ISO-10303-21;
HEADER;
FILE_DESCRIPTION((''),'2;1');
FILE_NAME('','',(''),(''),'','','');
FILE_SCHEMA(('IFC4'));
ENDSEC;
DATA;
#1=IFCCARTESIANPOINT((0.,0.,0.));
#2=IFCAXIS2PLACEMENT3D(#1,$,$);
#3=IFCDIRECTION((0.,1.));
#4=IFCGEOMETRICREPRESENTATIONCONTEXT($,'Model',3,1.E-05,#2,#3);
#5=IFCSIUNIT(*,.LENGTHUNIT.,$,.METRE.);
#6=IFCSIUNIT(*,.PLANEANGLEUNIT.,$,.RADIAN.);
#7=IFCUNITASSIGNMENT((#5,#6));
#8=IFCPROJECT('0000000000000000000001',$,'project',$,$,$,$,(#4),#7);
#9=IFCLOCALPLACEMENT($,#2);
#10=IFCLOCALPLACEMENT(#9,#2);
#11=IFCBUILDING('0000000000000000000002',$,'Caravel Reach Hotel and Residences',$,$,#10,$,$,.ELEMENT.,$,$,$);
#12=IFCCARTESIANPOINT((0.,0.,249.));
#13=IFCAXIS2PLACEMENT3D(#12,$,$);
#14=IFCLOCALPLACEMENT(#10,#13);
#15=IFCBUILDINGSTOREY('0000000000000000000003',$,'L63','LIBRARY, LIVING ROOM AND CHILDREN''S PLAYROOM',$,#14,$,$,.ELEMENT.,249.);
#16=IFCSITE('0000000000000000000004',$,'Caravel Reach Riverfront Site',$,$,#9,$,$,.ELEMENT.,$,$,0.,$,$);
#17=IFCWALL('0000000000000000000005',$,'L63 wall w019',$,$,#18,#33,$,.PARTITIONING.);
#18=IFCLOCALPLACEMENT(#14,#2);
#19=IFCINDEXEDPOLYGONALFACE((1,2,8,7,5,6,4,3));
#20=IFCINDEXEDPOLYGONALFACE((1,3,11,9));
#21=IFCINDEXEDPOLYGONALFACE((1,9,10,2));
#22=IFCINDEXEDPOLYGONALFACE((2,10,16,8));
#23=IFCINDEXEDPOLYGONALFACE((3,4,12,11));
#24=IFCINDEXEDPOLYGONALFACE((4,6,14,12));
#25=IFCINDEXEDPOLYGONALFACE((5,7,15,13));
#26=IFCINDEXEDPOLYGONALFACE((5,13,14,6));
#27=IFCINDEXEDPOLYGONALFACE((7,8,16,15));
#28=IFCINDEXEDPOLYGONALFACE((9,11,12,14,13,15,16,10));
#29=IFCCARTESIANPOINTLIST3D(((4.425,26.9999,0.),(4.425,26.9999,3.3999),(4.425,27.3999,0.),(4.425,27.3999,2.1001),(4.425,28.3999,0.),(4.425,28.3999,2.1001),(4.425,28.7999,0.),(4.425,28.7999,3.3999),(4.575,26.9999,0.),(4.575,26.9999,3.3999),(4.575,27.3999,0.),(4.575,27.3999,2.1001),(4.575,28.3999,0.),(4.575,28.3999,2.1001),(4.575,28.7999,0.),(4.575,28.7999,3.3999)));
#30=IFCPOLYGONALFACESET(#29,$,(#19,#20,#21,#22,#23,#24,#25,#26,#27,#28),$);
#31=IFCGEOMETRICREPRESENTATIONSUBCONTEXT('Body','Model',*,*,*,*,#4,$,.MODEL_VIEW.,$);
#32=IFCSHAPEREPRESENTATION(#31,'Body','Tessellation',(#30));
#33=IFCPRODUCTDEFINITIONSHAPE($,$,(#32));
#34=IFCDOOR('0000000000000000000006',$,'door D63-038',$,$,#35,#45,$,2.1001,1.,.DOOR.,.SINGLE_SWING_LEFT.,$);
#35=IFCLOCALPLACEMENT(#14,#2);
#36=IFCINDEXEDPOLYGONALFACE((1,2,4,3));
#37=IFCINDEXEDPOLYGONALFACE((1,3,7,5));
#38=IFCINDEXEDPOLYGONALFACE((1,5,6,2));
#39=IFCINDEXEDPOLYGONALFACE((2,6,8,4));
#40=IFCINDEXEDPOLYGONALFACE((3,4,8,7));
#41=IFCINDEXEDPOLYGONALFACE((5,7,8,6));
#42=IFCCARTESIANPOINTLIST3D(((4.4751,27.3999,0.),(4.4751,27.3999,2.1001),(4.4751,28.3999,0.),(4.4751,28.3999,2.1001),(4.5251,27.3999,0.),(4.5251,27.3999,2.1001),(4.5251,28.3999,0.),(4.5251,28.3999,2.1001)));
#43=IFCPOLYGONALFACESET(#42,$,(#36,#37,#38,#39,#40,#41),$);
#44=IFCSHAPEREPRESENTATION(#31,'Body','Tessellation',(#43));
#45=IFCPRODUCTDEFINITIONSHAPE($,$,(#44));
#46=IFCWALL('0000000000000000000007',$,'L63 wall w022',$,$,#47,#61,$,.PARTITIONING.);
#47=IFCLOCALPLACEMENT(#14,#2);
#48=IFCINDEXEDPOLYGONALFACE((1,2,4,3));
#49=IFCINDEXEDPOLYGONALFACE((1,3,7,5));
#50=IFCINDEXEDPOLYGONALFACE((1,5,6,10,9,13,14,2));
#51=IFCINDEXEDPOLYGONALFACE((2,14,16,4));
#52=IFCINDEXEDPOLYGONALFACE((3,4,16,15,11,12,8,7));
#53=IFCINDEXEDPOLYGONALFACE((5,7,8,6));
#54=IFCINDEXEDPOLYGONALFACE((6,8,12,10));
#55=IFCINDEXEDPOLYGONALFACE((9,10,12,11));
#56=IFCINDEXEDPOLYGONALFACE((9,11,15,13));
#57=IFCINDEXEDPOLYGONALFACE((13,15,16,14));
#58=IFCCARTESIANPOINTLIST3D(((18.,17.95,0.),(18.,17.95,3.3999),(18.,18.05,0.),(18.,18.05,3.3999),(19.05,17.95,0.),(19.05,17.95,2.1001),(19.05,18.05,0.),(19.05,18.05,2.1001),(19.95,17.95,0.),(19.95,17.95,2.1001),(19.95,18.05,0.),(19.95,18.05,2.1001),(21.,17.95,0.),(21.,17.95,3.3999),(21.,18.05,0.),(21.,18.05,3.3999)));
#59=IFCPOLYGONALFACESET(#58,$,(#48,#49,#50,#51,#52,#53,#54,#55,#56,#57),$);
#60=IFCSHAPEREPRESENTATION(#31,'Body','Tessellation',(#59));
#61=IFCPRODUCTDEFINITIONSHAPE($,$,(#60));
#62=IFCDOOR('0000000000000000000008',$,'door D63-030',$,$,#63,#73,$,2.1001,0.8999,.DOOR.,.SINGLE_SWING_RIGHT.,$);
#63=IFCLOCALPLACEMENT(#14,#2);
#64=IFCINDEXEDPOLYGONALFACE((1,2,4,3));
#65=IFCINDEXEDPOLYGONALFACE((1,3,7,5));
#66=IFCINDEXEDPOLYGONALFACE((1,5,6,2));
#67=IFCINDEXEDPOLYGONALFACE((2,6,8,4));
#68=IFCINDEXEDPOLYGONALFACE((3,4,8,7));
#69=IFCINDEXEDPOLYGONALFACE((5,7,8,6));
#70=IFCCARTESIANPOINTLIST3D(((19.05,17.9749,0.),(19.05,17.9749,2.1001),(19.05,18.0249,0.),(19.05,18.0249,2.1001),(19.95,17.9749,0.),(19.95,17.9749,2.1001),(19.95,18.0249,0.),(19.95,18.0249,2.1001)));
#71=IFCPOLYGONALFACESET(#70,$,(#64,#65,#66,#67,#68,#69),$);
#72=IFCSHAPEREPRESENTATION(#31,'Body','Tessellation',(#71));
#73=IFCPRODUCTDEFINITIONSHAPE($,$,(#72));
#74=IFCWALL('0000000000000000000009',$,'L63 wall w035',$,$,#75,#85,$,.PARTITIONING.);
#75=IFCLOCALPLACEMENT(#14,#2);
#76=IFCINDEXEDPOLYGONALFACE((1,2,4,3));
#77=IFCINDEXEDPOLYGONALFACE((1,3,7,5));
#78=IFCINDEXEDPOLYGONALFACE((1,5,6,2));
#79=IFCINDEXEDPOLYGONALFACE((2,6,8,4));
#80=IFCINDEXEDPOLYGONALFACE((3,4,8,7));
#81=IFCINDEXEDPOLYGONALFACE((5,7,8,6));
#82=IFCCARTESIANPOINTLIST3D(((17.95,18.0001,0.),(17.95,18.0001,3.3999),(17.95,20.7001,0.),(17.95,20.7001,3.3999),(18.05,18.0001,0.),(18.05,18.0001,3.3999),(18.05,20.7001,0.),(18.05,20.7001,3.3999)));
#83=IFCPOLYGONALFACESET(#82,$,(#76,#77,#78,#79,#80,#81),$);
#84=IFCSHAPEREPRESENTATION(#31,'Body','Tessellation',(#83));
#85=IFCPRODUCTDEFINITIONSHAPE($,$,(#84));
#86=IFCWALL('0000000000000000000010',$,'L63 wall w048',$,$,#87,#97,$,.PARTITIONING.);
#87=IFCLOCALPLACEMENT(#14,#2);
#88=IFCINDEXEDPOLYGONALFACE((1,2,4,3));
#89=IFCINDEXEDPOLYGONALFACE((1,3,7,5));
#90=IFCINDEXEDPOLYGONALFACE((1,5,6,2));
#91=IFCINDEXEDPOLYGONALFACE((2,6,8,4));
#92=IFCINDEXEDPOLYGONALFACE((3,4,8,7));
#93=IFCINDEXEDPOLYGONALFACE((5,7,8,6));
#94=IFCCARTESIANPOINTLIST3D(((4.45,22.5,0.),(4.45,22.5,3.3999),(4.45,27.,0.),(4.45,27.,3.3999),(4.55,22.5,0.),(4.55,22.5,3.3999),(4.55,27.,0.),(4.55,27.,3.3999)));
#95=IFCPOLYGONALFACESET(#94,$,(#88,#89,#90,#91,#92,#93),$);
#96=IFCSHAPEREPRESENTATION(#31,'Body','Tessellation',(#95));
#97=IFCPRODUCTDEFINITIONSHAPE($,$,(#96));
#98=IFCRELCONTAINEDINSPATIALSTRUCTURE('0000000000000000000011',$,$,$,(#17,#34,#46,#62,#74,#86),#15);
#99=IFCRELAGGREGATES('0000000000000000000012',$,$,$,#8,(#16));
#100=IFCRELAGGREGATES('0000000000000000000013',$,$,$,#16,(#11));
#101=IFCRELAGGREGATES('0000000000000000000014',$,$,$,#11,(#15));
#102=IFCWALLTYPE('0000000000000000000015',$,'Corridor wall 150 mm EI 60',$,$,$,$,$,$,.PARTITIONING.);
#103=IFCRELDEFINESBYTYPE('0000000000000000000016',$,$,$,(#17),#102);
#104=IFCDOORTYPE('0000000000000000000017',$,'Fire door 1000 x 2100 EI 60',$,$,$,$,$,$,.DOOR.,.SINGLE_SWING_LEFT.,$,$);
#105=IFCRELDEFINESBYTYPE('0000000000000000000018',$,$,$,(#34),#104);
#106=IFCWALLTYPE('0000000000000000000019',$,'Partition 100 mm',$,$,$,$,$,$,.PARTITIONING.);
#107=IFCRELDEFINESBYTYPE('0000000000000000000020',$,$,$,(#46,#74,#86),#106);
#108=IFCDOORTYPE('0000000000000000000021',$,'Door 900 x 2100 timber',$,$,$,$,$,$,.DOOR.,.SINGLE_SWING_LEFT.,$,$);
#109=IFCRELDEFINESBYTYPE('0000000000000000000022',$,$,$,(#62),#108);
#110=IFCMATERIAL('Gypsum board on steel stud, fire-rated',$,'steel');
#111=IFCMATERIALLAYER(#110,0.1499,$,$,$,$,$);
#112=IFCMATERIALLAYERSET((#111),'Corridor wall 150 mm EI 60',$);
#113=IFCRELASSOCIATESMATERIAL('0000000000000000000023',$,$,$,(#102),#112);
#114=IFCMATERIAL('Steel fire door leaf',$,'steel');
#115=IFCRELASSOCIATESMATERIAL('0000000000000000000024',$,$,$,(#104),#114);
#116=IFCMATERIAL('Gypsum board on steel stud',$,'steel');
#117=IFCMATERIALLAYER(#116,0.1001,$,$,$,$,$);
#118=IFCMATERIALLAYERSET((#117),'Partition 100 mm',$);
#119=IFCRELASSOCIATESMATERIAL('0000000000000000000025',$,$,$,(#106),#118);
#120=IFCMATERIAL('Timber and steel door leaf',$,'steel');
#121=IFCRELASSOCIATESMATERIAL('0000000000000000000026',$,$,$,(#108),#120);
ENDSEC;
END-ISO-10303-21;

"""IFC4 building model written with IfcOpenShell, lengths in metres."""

from ifc_helpers import new_model, si_unit, direction, frame, frame_2d, origin, place, context, subcontext, project, spatial, rectangle, extrude, material, layer, layer_set, type_object, element, fill, save


model = new_model("IFC4")

# Units and contexts
model_context = context("Model", 3, precision=1e-05, world=origin(), true_north=direction((0.0, 1.0)))
body_context = subcontext(model_context, "Body", "Model", "MODEL_VIEW")
ifc_project = project(units=[si_unit("LENGTHUNIT", "METRE"), si_unit("PLANEANGLEUNIT", "RADIAN")], contexts=[model_context])

# Site, building, storey
site_placement = place(None, origin())
site = spatial("IfcSite", under=ifc_project, at=site_placement, Name="Caravel Reach Riverfront Site", CompositionType="ELEMENT", RefElevation=0.0)
building_placement = place(site_placement, origin())
building = spatial("IfcBuilding", under=site, at=building_placement, Name="Caravel Reach Hotel and Residences", CompositionType="ELEMENT")
storey_placement = place(building_placement, frame((0.0, 0.0, 249.0)))
storey = spatial("IfcBuildingStorey", under=building, at=storey_placement, Name="L63", Description="LIBRARY, LIVING ROOM AND CHILDREN'S PLAYROOM", CompositionType="ELEMENT", Elevation=249.0)

# Shared definitions
ifc_material_1 = material(Name="Gypsum board on steel stud, fire-rated", Category="steel")
ifc_layer_1 = layer(ifc_material_1, 0.1499)
ifc_layer_set_1 = layer_set([ifc_layer_1], Name="Corridor wall 150 mm EI 60")
wall_type_1 = type_object("IfcWallType", Name="Corridor wall 150 mm EI 60", PredefinedType="PARTITIONING", material=ifc_layer_set_1)
ifc_material_2 = material(Name="Steel fire door leaf", Category="steel")
door_type_1 = type_object("IfcDoorType", Name="Fire door 1000 x 2100 EI 60", OperationType="SINGLE_SWING_LEFT", PredefinedType="DOOR", material=ifc_material_2)

# Walls, openings, doors
wall_1_placement = place(storey_placement, frame((4.5, 27.0, 0.0), z_axis=(0.0, 0.0, 1.0), x_axis=(0.0, 1.0, 0.0)))
wall_1 = element("IfcWall", 1, at=wall_1_placement, inside=storey, type_object=wall_type_1, Name="L63 wall w019", PredefinedType="PARTITIONING", context=body_context, shape_type="SweptSolid", body=[
    extrude(rectangle(XDim=1.8, YDim=0.1499, at=frame_2d((0.8999, 0.0))), origin(), (0.0, 0.0, 1.0), 3.3999),
])
opening_1_placement = place(wall_1_placement, frame((0.3999, 0.0, 0.0)))
opening_1 = element("IfcOpeningElement", 2, at=opening_1_placement, cuts=wall_1, PredefinedType="OPENING", context=body_context, shape_type="SweptSolid", body=[
    extrude(rectangle(XDim=1.0, YDim=2.1001, at=frame_2d((0.5, 1.05))), frame((0.0, 0.085, 0.0), z_axis=(0.0, -1.0, 0.0), x_axis=(1.0, 0.0, 0.0)), (0.0, 0.0, 1.0), 0.1699),
])
door_1_placement = place(opening_1_placement, origin())
door_1 = element("IfcDoor", 3, at=door_1_placement, inside=storey, type_object=door_type_1, Name="door D63-038", OperationType="SINGLE_SWING_LEFT", OverallHeight=2.1001, OverallWidth=1.0, PredefinedType="DOOR", context=body_context, shape_type="SweptSolid", body=[
    extrude(rectangle(XDim=1.0, YDim=2.1001, at=frame_2d((0.5, 1.05))), frame((0.0, 0.0249, 0.0), z_axis=(0.0, -1.0, 0.0), x_axis=(1.0, 0.0, 0.0)), (0.0, 0.0, 1.0), 0.05),
])
fill(opening_1, door_1)
ifc_material_3 = material(Name="Gypsum board on steel stud", Category="steel")
ifc_layer_2 = layer(ifc_material_3, 0.1001)
ifc_layer_set_2 = layer_set([ifc_layer_2], Name="Partition 100 mm")
wall_type_2 = type_object("IfcWallType", Name="Partition 100 mm", PredefinedType="PARTITIONING", material=ifc_layer_set_2)
wall_2_placement = place(storey_placement, frame((18.0, 18.0, 0.0), z_axis=(0.0, 0.0, 1.0), x_axis=(1.0, 0.0, 0.0)))
wall_2 = element("IfcWall", 4, at=wall_2_placement, inside=storey, type_object=wall_type_2, Name="L63 wall w022", PredefinedType="PARTITIONING", context=body_context, shape_type="SweptSolid", body=[
    extrude(rectangle(XDim=3.0, YDim=0.1001, at=frame_2d((1.5, 0.0))), origin(), (0.0, 0.0, 1.0), 3.3999),
])
opening_2_placement = place(wall_2_placement, frame((1.05, 0.0, 0.0)))
opening_2 = element("IfcOpeningElement", 5, at=opening_2_placement, cuts=wall_2, PredefinedType="OPENING", context=body_context, shape_type="SweptSolid", body=[
    extrude(rectangle(XDim=0.8999, YDim=2.1001, at=frame_2d((0.45, 1.05))), frame((0.0, 0.0601, 0.0), z_axis=(0.0, -1.0, 0.0), x_axis=(1.0, 0.0, 0.0)), (0.0, 0.0, 1.0), 0.1201),
])
ifc_material_4 = material(Name="Timber and steel door leaf", Category="steel")
door_type_2 = type_object("IfcDoorType", Name="Door 900 x 2100 timber", OperationType="SINGLE_SWING_LEFT", PredefinedType="DOOR", material=ifc_material_4)
door_2_placement = place(opening_2_placement, origin())
door_2 = element("IfcDoor", 6, at=door_2_placement, inside=storey, type_object=door_type_2, Name="door D63-030", OperationType="SINGLE_SWING_RIGHT", OverallHeight=2.1001, OverallWidth=0.8999, PredefinedType="DOOR", context=body_context, shape_type="SweptSolid", body=[
    extrude(rectangle(XDim=0.8999, YDim=2.1001, at=frame_2d((0.45, 1.05))), frame((0.0, 0.0249, 0.0), z_axis=(0.0, -1.0, 0.0), x_axis=(1.0, 0.0, 0.0)), (0.0, 0.0, 1.0), 0.05),
])
fill(opening_2, door_2)

# Walls
wall_3_placement = place(storey_placement, frame((18.0, 18.0, 0.0), z_axis=(0.0, 0.0, 1.0), x_axis=(0.0, 1.0, 0.0)))
element("IfcWall", 7, at=wall_3_placement, inside=storey, type_object=wall_type_2, Name="L63 wall w035", PredefinedType="PARTITIONING", context=body_context, shape_type="SweptSolid", body=[
    extrude(rectangle(XDim=2.7, YDim=0.1001, at=frame_2d((1.3501, 0.0))), origin(), (0.0, 0.0, 1.0), 3.3999),
])
wall_4_placement = place(storey_placement, frame((4.5, 22.5, 0.0), z_axis=(0.0, 0.0, 1.0), x_axis=(0.0, 1.0, 0.0)))
element("IfcWall", 8, at=wall_4_placement, inside=storey, type_object=wall_type_2, Name="L63 wall w048", PredefinedType="PARTITIONING", context=body_context, shape_type="SweptSolid", body=[
    extrude(rectangle(XDim=4.5, YDim=0.1001, at=frame_2d((2.25, 0.0))), origin(), (0.0, 0.0, 1.0), 3.3999),
])

save(model, "model.ifc")
